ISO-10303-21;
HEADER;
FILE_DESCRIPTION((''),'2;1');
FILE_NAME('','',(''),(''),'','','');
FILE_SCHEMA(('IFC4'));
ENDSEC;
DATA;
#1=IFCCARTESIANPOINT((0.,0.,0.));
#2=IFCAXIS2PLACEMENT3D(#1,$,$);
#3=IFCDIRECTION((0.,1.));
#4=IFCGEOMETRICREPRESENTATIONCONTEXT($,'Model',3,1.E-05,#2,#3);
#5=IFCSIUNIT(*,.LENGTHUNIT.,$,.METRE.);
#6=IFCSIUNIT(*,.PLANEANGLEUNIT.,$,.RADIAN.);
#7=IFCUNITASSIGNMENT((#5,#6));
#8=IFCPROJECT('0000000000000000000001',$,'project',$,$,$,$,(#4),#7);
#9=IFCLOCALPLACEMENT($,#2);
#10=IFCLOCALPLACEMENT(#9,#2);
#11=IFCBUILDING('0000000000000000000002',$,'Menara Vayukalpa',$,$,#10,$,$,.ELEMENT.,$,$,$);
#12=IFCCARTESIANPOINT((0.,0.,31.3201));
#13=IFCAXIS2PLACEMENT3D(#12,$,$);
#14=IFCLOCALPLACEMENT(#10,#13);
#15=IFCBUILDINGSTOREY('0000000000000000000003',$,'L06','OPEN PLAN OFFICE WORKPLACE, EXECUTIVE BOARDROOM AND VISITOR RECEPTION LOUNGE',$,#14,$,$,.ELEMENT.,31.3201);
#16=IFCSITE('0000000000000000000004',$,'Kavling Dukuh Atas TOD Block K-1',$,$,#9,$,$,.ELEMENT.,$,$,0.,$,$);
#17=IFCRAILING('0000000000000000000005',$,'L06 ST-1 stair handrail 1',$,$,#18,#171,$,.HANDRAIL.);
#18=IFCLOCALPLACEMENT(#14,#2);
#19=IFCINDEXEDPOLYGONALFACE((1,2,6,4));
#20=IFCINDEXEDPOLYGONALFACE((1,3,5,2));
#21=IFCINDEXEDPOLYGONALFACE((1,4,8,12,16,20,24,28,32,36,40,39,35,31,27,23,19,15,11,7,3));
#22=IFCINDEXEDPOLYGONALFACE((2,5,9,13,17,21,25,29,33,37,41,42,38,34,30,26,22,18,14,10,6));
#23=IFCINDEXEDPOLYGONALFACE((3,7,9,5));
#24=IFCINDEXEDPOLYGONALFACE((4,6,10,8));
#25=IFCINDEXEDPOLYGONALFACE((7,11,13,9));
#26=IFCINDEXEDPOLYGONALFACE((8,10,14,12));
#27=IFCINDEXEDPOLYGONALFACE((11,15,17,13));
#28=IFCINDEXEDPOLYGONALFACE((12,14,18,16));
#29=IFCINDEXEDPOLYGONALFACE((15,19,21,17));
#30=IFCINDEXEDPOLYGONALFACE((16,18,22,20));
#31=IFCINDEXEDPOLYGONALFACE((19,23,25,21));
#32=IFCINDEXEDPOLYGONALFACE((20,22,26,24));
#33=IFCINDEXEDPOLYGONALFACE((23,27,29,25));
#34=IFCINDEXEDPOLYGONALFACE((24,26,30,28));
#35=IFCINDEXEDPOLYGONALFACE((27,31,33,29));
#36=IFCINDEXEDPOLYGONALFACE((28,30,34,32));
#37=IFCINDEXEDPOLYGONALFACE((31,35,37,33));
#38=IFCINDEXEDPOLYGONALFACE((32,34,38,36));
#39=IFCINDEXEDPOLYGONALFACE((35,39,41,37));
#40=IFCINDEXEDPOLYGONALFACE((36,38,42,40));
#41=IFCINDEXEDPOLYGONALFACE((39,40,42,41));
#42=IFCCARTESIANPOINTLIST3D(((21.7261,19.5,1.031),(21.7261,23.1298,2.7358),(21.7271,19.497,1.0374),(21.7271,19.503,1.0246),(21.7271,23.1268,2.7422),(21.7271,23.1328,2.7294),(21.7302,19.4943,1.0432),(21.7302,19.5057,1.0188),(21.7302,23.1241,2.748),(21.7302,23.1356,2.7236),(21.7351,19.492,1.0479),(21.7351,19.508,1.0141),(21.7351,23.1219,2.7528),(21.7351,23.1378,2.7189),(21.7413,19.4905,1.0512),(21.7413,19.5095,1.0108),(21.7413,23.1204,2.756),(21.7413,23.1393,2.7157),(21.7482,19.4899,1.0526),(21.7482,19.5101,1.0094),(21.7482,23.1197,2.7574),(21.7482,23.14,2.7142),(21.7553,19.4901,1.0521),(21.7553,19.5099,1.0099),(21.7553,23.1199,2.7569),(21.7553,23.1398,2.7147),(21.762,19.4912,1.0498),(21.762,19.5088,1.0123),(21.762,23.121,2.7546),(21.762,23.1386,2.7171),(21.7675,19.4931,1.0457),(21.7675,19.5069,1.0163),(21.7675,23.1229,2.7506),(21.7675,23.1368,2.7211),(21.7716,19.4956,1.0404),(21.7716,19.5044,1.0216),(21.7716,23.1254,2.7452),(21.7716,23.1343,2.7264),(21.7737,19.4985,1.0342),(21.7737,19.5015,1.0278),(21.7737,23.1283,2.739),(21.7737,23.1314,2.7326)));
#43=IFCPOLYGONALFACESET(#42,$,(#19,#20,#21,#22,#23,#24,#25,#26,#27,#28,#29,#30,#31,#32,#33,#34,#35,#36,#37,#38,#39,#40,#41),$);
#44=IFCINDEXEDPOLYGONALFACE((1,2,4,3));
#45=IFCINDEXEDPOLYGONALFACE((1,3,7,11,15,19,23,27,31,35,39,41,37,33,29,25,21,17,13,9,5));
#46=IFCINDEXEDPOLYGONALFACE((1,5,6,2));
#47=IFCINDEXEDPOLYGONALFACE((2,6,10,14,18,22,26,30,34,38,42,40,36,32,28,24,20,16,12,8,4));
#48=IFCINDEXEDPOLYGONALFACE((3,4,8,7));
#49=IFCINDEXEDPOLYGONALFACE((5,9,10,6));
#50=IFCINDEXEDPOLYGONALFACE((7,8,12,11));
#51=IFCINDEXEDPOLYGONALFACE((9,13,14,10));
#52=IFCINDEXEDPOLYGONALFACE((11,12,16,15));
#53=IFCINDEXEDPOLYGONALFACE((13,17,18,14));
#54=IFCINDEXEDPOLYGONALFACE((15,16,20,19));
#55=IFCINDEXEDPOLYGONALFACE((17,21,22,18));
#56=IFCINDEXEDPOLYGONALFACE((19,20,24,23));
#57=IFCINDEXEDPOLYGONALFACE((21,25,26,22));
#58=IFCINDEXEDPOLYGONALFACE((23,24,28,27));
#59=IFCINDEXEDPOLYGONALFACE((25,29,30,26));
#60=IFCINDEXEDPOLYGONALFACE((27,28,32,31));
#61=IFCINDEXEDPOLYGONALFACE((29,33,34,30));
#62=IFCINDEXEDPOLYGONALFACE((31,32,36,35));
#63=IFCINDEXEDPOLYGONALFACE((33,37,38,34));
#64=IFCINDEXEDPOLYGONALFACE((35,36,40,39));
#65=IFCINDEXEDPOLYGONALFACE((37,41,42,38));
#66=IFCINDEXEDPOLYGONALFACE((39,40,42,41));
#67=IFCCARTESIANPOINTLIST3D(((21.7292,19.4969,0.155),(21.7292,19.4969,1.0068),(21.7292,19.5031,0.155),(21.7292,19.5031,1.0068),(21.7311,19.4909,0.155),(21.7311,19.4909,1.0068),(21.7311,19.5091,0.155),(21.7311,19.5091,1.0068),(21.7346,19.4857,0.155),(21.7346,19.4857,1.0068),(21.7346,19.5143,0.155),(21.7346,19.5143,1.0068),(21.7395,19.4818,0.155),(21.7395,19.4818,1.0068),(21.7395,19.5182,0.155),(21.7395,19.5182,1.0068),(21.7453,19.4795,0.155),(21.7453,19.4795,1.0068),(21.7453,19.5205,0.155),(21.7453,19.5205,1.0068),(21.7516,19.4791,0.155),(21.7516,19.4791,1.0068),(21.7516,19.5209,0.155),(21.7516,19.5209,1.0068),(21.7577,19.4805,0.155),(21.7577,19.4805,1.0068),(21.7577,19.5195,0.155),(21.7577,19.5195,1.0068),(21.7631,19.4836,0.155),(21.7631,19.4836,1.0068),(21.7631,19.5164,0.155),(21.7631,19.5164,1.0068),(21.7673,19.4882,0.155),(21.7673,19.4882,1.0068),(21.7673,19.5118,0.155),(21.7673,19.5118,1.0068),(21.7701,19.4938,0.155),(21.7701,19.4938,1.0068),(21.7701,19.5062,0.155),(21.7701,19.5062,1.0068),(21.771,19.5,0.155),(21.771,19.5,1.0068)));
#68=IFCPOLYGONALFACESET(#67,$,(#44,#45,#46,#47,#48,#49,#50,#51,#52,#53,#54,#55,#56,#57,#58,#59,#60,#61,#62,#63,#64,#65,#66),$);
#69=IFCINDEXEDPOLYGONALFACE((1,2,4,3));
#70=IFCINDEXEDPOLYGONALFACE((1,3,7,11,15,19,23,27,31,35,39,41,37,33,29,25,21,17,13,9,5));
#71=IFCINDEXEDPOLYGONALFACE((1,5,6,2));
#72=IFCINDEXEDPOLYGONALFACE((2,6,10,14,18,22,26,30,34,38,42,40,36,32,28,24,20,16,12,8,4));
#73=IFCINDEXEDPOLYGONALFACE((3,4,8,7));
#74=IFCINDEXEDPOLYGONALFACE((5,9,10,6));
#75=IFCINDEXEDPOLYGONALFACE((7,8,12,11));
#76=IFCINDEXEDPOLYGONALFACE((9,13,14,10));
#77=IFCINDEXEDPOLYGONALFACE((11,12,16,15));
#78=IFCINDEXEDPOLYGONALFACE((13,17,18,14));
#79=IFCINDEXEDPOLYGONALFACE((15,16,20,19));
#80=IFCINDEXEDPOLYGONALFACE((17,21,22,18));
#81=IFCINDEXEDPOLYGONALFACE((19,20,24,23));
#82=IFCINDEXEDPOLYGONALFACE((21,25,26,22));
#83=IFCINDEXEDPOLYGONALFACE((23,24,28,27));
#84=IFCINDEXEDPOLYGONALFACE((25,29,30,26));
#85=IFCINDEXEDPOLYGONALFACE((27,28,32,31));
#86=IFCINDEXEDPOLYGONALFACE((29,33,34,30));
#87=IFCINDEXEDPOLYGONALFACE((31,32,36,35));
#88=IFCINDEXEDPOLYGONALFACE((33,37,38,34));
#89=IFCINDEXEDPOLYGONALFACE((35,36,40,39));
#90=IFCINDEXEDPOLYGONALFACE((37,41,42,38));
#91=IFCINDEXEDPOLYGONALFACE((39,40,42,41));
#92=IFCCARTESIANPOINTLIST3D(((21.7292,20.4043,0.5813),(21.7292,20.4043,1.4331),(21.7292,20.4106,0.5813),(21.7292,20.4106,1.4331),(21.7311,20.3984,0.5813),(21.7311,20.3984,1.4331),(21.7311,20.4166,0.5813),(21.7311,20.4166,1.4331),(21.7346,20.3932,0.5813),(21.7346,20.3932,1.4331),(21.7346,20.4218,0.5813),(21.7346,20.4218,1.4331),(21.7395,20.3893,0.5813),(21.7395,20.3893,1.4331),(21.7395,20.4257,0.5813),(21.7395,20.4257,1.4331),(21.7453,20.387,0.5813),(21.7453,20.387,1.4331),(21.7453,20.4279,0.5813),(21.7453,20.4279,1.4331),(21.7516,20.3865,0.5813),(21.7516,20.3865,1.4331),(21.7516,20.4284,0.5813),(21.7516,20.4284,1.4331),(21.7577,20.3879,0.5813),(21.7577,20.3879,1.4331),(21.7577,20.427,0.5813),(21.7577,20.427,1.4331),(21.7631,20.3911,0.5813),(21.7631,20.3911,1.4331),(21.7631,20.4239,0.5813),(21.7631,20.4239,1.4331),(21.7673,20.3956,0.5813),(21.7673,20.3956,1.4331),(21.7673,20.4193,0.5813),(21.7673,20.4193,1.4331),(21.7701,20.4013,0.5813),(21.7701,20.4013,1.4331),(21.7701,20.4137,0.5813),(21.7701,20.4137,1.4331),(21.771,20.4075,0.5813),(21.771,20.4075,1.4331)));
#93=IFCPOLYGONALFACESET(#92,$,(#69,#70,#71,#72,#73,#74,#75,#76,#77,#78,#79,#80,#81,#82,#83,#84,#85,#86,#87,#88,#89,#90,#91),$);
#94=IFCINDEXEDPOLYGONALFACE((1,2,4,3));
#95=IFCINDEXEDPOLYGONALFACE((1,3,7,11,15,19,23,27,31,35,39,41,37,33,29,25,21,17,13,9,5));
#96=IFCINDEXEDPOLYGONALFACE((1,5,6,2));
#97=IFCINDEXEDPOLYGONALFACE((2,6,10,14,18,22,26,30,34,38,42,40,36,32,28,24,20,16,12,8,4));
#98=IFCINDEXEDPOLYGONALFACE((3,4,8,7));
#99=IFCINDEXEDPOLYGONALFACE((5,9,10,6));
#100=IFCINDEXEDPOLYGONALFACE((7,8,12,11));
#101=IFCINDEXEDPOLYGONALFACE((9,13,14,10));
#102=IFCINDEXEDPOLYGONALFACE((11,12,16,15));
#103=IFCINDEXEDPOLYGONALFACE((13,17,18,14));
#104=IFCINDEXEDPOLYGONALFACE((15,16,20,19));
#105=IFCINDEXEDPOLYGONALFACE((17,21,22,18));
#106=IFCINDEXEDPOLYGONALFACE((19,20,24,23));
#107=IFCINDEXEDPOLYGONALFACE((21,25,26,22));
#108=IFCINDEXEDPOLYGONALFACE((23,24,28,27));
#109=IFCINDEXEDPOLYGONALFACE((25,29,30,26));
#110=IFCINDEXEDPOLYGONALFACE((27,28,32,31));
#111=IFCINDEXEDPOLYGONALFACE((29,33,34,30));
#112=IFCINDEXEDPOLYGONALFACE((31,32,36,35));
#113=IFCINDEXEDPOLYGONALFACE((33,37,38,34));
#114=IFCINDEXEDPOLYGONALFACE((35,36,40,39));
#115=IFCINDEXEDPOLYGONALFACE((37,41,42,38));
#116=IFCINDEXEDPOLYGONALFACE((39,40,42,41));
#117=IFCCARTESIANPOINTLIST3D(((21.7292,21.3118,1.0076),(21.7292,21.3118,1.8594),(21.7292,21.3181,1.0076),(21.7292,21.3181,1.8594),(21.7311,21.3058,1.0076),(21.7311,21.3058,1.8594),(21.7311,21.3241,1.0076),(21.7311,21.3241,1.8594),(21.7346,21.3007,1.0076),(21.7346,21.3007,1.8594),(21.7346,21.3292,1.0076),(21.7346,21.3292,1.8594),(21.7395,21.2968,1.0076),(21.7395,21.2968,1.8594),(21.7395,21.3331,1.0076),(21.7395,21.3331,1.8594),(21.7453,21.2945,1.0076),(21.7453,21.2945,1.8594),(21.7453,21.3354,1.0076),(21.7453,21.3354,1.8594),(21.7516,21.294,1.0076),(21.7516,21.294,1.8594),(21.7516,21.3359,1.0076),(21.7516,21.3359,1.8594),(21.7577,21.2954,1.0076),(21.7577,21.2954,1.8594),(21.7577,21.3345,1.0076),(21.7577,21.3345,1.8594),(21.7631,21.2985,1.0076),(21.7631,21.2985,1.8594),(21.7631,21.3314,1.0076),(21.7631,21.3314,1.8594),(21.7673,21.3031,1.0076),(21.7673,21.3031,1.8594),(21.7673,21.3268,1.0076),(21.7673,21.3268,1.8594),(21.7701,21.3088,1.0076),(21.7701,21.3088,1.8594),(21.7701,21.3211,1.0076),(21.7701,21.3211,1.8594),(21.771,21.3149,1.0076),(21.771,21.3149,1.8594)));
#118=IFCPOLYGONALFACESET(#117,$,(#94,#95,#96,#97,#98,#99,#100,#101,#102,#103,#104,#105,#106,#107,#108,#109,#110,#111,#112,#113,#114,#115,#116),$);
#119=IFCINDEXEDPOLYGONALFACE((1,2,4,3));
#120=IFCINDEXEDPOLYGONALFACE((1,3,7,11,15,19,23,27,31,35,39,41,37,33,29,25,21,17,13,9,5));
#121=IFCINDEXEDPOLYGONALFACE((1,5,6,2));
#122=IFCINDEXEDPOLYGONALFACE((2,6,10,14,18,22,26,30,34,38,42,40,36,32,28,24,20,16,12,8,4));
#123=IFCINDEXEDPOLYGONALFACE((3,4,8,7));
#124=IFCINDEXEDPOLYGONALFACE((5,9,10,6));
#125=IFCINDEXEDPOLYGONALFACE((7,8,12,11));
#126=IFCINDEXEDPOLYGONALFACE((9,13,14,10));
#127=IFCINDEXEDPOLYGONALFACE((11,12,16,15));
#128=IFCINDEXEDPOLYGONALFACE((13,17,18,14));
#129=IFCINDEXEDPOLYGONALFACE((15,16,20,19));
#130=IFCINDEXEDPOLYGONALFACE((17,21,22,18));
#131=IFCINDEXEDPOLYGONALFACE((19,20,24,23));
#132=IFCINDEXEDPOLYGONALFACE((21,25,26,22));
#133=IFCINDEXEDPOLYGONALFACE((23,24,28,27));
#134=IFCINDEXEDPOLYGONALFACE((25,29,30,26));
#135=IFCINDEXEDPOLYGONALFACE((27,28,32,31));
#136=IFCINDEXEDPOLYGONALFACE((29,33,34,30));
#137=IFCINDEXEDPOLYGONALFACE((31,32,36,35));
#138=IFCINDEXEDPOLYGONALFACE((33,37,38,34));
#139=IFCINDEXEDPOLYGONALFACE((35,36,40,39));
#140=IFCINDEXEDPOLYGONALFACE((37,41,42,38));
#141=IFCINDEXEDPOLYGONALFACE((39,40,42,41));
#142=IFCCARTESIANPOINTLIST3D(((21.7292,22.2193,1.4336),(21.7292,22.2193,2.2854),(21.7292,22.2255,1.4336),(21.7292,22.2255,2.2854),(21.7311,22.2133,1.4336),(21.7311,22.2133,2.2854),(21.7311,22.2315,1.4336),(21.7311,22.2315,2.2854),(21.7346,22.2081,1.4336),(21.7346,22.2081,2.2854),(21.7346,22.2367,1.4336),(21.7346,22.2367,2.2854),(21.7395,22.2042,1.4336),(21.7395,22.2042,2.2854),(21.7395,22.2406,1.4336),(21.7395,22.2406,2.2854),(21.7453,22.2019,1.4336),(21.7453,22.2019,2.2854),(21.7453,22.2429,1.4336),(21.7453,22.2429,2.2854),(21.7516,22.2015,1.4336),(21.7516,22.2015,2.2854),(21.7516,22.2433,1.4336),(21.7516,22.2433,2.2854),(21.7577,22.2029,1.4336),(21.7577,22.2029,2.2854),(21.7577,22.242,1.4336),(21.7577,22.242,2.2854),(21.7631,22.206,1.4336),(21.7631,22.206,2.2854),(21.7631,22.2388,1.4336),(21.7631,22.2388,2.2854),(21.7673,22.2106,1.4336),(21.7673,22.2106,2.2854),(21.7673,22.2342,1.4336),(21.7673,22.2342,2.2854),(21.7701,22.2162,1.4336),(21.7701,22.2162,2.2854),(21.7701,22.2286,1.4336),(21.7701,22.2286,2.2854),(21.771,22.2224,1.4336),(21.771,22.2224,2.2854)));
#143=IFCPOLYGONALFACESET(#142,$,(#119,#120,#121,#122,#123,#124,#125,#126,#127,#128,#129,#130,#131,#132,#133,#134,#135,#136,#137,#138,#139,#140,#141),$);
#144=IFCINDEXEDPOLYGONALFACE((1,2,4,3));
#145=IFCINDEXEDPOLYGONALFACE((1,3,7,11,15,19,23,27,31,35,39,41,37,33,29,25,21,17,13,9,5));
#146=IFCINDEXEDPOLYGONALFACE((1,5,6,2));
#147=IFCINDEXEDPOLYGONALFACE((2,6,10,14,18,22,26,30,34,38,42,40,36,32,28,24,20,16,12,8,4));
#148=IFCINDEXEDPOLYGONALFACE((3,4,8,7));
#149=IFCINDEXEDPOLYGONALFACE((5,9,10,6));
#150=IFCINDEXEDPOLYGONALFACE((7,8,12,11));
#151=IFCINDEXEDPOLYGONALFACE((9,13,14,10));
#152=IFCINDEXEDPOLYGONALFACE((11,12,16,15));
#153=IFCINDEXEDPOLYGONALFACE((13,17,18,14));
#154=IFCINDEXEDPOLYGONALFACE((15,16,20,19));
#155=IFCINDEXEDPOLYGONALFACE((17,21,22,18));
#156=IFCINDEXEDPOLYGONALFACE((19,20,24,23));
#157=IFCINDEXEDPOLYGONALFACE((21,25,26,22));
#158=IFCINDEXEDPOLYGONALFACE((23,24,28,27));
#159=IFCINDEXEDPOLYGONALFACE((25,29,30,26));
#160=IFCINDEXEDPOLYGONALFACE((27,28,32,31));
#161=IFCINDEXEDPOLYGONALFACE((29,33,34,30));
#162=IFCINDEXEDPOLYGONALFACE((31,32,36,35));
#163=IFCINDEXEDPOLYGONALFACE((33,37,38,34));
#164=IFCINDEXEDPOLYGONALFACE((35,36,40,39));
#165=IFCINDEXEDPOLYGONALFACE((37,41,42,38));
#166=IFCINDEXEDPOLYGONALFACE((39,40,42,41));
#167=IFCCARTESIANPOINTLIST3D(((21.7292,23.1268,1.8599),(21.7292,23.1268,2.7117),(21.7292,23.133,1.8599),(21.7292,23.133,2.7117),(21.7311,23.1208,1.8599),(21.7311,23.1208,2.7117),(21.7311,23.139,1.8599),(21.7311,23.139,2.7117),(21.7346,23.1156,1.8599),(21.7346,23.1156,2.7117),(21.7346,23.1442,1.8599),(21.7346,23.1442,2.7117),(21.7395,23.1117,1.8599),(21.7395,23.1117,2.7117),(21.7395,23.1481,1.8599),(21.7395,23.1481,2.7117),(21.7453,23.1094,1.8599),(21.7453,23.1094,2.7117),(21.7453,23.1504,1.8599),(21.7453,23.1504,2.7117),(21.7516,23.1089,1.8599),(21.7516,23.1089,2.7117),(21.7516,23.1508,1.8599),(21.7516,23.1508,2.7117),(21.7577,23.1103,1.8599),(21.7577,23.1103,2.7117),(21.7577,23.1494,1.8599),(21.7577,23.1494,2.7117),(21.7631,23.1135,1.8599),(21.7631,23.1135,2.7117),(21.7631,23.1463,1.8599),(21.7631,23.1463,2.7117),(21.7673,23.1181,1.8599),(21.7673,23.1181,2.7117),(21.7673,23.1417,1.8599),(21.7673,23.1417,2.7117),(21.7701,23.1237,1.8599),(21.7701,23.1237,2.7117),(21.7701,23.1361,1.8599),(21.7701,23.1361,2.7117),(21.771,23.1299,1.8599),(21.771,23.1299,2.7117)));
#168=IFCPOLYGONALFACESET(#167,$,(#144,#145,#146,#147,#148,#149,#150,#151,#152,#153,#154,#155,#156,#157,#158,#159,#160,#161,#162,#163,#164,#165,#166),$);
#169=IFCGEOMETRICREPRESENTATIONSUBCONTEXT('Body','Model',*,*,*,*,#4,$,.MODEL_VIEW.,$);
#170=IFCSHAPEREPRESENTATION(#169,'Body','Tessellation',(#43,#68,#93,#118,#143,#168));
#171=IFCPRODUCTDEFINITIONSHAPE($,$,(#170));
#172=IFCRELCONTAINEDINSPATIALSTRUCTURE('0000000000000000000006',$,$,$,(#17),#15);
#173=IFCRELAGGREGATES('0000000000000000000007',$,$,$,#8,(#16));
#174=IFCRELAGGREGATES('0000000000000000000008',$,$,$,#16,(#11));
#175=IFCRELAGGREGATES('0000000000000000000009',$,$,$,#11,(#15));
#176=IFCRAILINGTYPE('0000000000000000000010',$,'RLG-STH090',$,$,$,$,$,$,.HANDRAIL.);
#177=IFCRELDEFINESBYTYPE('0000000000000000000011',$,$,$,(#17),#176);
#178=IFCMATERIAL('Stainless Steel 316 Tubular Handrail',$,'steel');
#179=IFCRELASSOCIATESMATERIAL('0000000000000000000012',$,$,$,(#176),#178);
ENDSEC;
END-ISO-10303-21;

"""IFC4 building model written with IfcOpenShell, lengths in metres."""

from ifc_helpers import new_model, si_unit, direction, frame, origin, origin_2d, place, context, subcontext, project, spatial, circle, extrude, material, type_object, element, save


model = new_model("IFC4")

# Units and contexts
model_context = context("Model", 3, precision=1e-05, world=origin(), true_north=direction((0.0, 1.0)))
body_context = subcontext(model_context, "Body", "Model", "MODEL_VIEW")
ifc_project = project(units=[si_unit("LENGTHUNIT", "METRE"), si_unit("PLANEANGLEUNIT", "RADIAN")], contexts=[model_context])

# Site, building, storey
site_placement = place(None, origin())
site = spatial("IfcSite", under=ifc_project, at=site_placement, Name="Kavling Dukuh Atas TOD Block K-1", CompositionType="ELEMENT", RefElevation=0.0)
building_placement = place(site_placement, origin())
building = spatial("IfcBuilding", under=site, at=building_placement, Name="Menara Vayukalpa", CompositionType="ELEMENT")
storey_placement = place(building_placement, frame((0.0, 0.0, 31.3201)))
storey = spatial("IfcBuildingStorey", under=building, at=storey_placement, Name="L06", Description="OPEN PLAN OFFICE WORKPLACE, EXECUTIVE BOARDROOM AND VISITOR RECEPTION LOUNGE", CompositionType="ELEMENT", Elevation=31.3201)

# Railing
ifc_material_1 = material(Name="Stainless Steel 316 Tubular Handrail", Category="steel")
railing_type_1 = type_object("IfcRailingType", Name="RLG-STH090", PredefinedType="HANDRAIL", material=ifc_material_1)
railing_1_placement = place(storey_placement, frame((21.75, 19.5, 0.155)))
element("IfcRailing", 1, at=railing_1_placement, inside=storey, type_object=railing_type_1, Name="L06 ST-1 stair handrail 1", PredefinedType="HANDRAIL", context=body_context, shape_type="SweptSolid", body=[
    extrude(circle(Radius=0.0239, at=origin_2d()), frame((0.0, 0.0, 0.876), z_axis=(0.0, 0.90514, 0.425114), x_axis=(-1.0, 0.0, 0.0)), (0.0, 0.0, 1.0), 4.0103),
    extrude(circle(Radius=0.021, at=origin_2d()), origin(), (0.0, 0.0, 1.0), 0.8518),
    extrude(circle(Radius=0.021, at=origin_2d()), frame((0.0, 0.9075, 0.4263)), (0.0, 0.0, 1.0), 0.8518),
    extrude(circle(Radius=0.021, at=origin_2d()), frame((0.0, 1.8149, 0.8525)), (0.0, 0.0, 1.0), 0.8518),
    extrude(circle(Radius=0.021, at=origin_2d()), frame((0.0, 2.7224, 1.2786)), (0.0, 0.0, 1.0), 0.8518),
    extrude(circle(Radius=0.021, at=origin_2d()), frame((0.0, 3.6299, 1.7048)), (0.0, 0.0, 1.0), 0.8518),
])

save(model, "model.ifc")
